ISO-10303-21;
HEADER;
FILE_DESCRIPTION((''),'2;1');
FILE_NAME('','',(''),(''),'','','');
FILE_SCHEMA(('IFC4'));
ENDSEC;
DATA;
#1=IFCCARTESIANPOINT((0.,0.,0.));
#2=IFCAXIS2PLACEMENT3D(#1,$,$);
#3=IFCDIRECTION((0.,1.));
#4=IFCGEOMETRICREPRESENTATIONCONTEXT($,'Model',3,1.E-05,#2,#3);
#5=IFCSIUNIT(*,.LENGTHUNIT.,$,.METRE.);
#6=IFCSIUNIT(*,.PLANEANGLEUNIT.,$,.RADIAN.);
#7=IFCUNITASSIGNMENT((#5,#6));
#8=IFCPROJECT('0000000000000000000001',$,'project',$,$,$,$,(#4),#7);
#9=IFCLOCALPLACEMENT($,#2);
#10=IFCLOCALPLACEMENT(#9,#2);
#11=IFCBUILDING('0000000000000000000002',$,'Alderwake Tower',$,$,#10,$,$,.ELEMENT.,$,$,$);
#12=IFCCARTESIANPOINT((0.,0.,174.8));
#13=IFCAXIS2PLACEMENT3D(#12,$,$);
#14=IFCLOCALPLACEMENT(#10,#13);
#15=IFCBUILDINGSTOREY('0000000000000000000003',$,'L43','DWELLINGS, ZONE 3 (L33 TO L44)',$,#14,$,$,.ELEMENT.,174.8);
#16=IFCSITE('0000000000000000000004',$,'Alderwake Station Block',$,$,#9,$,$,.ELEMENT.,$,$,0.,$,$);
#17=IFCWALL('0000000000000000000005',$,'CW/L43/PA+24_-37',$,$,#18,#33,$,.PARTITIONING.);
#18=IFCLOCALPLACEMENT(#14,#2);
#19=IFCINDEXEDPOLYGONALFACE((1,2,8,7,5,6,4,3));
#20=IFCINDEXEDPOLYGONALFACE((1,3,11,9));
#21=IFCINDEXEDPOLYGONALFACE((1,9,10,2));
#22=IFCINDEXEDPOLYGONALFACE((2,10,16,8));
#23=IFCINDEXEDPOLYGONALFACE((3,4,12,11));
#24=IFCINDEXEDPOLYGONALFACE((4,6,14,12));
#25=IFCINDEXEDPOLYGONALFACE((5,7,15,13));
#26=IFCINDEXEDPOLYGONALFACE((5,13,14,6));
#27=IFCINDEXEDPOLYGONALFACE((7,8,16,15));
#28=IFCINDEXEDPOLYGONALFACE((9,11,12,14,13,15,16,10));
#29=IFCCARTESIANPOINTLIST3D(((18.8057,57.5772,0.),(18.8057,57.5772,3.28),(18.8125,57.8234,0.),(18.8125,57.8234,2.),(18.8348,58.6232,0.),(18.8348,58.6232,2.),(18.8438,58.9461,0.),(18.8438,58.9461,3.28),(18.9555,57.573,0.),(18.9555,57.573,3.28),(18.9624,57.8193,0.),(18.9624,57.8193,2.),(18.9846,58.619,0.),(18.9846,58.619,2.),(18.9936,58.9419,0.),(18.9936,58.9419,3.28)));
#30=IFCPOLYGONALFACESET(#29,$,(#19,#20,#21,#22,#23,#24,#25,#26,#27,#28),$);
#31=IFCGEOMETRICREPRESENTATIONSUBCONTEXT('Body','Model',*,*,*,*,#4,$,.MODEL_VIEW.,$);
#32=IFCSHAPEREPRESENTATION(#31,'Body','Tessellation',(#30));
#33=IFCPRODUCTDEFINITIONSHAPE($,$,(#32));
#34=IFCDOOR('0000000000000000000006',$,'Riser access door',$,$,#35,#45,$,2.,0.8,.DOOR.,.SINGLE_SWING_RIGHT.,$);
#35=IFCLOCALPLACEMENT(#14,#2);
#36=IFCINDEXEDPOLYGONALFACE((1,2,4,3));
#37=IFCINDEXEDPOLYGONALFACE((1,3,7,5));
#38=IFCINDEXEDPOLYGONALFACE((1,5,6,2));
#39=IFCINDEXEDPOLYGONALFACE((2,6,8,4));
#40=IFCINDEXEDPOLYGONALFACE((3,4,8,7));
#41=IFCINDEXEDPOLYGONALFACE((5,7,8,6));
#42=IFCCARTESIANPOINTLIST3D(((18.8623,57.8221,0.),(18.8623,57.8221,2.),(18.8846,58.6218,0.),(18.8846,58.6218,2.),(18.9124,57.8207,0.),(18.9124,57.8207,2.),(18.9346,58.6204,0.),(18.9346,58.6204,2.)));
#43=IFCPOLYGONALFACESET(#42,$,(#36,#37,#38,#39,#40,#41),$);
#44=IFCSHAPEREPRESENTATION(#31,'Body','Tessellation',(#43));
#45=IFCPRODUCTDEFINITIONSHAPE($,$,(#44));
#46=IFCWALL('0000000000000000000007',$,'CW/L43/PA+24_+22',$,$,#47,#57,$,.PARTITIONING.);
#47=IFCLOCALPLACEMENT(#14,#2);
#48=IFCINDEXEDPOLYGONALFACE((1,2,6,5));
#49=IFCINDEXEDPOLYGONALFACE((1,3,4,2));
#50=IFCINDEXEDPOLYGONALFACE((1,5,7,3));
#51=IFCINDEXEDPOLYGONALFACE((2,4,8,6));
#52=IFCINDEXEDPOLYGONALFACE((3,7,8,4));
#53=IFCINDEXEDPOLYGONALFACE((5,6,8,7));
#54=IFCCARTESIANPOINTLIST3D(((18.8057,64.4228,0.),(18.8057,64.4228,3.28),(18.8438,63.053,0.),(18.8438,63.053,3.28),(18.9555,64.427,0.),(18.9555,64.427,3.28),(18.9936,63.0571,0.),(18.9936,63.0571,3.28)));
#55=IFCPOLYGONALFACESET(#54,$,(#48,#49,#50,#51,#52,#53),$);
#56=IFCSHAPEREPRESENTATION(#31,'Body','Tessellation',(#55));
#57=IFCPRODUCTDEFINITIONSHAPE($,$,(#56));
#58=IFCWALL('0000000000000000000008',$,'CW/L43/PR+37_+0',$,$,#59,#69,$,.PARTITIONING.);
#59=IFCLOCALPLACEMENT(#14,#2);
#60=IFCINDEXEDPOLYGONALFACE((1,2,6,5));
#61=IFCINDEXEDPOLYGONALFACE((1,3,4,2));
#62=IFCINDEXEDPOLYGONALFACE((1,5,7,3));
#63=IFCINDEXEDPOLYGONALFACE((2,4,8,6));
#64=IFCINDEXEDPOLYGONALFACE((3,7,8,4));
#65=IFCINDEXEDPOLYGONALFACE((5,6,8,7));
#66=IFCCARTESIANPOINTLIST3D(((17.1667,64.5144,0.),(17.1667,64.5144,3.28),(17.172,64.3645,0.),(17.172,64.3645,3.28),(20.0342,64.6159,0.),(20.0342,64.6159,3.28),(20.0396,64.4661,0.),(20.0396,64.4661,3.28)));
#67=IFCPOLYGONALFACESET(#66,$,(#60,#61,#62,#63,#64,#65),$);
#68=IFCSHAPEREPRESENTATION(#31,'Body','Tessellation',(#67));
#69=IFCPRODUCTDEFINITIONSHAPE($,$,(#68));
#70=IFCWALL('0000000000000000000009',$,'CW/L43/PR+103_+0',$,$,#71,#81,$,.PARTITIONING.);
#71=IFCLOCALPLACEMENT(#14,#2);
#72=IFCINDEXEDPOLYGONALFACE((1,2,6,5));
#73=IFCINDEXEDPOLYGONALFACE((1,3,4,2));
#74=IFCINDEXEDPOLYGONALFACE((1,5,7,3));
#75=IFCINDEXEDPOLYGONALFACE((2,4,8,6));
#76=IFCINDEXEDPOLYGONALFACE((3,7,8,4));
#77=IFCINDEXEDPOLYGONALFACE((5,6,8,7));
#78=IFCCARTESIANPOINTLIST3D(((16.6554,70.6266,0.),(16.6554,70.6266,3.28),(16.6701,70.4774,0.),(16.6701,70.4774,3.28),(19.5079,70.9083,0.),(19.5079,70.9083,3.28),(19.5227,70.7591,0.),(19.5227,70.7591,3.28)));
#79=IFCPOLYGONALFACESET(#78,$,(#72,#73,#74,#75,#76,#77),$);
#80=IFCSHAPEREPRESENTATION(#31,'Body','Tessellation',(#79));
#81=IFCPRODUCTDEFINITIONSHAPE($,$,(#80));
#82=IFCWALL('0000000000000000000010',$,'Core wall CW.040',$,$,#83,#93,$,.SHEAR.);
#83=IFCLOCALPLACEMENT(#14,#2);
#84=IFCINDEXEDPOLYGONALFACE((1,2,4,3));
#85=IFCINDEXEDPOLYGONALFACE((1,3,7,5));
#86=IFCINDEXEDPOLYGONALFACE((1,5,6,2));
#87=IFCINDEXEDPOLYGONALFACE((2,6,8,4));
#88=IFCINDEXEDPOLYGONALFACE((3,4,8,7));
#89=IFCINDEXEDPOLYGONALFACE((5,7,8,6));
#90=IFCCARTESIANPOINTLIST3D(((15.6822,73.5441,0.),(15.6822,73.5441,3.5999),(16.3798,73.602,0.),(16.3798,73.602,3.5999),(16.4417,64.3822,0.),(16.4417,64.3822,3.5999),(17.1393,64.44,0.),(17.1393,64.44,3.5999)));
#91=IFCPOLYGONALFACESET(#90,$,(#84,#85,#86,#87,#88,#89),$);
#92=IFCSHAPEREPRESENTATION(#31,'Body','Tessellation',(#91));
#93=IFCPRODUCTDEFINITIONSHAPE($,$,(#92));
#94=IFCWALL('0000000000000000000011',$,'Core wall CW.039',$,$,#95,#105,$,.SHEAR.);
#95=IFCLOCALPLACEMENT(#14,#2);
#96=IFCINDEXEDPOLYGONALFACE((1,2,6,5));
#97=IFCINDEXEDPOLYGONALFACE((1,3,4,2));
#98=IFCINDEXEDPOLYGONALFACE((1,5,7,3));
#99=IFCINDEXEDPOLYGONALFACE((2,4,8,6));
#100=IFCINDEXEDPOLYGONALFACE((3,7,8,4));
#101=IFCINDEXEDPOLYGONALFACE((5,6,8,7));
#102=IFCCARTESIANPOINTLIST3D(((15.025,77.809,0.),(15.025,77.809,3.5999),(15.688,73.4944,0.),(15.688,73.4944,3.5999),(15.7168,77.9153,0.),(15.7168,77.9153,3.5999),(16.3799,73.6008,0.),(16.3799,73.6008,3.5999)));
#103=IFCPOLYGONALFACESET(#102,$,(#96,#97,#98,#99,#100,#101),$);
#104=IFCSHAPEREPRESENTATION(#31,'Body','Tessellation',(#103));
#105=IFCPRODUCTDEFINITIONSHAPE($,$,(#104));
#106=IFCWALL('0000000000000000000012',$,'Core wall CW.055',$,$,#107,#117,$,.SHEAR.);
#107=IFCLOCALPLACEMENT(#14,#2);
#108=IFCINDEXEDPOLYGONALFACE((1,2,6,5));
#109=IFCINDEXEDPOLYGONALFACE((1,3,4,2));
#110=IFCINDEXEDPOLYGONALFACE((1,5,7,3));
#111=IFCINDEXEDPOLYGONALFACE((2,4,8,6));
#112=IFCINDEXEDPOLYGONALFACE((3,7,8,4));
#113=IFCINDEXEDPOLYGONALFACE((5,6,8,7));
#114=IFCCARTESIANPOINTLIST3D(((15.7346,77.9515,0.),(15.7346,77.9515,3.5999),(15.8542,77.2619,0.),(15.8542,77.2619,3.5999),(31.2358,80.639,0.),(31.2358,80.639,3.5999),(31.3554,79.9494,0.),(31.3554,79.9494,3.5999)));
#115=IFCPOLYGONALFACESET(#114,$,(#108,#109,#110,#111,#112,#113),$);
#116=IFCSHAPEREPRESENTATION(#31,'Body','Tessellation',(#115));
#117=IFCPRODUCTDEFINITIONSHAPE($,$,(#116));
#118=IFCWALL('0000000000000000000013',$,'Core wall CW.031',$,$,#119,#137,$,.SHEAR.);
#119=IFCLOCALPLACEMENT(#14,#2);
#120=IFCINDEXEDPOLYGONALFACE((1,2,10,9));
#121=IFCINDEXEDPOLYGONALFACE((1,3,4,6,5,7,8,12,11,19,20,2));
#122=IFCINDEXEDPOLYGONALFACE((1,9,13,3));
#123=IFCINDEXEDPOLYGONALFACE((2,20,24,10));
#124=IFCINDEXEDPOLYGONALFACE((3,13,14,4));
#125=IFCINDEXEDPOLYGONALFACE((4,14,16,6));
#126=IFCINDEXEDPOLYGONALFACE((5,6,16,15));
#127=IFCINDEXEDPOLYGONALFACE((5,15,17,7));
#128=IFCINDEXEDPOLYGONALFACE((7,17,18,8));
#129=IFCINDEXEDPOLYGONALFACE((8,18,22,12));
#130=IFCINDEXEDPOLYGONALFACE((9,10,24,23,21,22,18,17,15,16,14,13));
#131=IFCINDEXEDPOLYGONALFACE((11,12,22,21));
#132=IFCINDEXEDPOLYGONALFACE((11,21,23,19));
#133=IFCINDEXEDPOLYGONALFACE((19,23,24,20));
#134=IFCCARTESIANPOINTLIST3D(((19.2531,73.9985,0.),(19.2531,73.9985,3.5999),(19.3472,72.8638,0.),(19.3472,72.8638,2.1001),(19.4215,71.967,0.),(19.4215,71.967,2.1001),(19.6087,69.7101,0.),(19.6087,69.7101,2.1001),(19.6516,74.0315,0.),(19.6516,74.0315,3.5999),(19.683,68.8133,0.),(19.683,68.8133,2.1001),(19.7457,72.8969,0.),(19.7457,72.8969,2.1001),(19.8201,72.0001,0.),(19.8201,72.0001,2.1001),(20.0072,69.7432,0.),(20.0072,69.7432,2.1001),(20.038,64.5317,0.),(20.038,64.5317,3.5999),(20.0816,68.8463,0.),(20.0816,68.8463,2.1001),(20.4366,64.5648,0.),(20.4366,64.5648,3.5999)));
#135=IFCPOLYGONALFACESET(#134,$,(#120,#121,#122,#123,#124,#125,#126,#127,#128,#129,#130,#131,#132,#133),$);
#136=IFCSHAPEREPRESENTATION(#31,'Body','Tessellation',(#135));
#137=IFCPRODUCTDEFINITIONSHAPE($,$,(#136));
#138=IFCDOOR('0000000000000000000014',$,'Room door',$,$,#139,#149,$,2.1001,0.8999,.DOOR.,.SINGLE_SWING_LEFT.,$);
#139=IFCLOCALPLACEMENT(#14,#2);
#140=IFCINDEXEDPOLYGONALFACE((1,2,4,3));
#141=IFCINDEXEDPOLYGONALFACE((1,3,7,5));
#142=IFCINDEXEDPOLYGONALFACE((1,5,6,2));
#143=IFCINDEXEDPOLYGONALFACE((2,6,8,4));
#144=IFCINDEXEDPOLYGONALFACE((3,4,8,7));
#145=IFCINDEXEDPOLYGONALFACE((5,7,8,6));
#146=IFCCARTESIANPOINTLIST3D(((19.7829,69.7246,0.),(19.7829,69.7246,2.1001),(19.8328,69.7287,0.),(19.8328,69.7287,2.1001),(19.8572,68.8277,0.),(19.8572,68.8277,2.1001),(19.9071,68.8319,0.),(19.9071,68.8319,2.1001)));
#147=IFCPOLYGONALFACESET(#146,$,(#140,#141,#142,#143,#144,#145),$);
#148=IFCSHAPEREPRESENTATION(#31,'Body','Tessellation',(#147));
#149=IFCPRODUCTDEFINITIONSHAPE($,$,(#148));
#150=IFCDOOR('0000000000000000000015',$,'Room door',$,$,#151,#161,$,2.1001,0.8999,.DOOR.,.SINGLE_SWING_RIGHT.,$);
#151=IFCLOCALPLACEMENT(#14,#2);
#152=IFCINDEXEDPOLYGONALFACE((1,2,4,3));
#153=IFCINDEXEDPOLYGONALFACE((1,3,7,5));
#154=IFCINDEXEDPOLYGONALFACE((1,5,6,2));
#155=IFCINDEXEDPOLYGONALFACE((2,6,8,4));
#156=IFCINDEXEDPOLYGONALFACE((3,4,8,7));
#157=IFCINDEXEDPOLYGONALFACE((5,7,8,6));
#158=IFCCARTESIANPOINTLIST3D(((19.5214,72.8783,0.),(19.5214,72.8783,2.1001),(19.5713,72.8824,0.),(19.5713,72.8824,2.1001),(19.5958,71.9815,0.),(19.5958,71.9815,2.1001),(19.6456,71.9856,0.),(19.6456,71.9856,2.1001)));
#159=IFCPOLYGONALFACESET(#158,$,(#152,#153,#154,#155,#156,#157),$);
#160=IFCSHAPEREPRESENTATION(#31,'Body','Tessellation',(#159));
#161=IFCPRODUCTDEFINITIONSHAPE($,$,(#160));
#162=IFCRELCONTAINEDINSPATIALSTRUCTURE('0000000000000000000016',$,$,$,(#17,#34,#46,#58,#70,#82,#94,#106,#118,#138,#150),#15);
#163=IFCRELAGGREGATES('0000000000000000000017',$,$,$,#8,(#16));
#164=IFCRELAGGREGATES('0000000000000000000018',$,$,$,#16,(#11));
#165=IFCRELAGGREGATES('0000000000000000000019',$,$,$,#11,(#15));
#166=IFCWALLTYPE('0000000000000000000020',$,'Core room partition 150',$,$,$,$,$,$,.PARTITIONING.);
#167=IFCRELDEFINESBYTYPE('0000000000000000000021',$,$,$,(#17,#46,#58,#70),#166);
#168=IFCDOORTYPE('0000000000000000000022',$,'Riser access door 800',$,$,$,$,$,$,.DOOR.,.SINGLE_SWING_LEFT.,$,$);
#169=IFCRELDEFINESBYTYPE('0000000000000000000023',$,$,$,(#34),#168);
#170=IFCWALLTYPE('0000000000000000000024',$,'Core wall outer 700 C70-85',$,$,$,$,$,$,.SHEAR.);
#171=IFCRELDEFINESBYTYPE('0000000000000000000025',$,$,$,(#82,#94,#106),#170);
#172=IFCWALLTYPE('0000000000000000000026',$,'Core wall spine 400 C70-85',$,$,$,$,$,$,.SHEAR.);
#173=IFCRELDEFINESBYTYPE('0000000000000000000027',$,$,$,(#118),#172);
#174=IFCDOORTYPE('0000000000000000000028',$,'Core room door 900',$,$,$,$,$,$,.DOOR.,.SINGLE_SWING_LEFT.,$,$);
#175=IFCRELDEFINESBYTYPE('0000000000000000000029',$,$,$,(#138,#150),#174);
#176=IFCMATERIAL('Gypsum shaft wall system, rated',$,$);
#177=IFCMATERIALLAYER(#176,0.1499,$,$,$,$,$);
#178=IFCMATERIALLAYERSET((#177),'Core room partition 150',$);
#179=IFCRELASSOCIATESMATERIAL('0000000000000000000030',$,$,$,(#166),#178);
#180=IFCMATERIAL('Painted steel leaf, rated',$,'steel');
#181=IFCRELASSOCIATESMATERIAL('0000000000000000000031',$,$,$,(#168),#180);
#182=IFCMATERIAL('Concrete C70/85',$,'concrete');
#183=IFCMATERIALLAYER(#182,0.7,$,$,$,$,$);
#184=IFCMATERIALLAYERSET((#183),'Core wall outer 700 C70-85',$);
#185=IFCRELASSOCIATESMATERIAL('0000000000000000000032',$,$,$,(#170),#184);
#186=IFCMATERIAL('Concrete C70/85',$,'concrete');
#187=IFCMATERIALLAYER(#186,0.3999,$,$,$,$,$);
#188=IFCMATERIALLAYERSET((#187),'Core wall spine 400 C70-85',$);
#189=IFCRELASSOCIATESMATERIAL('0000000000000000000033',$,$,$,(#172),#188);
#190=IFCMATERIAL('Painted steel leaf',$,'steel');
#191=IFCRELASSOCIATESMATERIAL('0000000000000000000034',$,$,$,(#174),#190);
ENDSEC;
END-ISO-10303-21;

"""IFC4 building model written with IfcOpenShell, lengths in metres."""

from ifc_helpers import new_model, si_unit, direction, frame, frame_2d, origin, place, context, subcontext, project, spatial, rectangle, extrude, material, layer, layer_set, type_object, element, fill, save


model = new_model("IFC4")

# Units and contexts
model_context = context("Model", 3, precision=1e-05, world=origin(), true_north=direction((0.0, 1.0)))
body_context = subcontext(model_context, "Body", "Model", "MODEL_VIEW")
ifc_project = project(units=[si_unit("LENGTHUNIT", "METRE"), si_unit("PLANEANGLEUNIT", "RADIAN")], contexts=[model_context])

# Site, building, storey
site_placement = place(None, origin())
site = spatial("IfcSite", under=ifc_project, at=site_placement, Name="Alderwake Station Block", CompositionType="ELEMENT", RefElevation=0.0)
building_placement = place(site_placement, origin())
building = spatial("IfcBuilding", under=site, at=building_placement, Name="Alderwake Tower", CompositionType="ELEMENT")
storey_placement = place(building_placement, frame((0.0, 0.0, 174.8)))
storey = spatial("IfcBuildingStorey", under=building, at=storey_placement, Name="L43", Description="DWELLINGS, ZONE 3 (L33 TO L44)", CompositionType="ELEMENT", Elevation=174.8)

# Wall, opening, door
ifc_material_1 = material(Name="Gypsum shaft wall system, rated")
ifc_layer_1 = layer(ifc_material_1, 0.1499)
ifc_layer_set_1 = layer_set([ifc_layer_1], Name="Core room partition 150")
wall_type_1 = type_object("IfcWallType", Name="Core room partition 150", PredefinedType="PARTITIONING", material=ifc_layer_set_1)
wall_1_placement = place(storey_placement, frame((18.9187, 58.9438, 0.0), z_axis=(0.0, 0.0, 1.0), x_axis=(-0.027812, -0.999613, 0.0)))
wall_1 = element("IfcWall", 1, at=wall_1_placement, inside=storey, type_object=wall_type_1, Name="CW/L43/PA+24_-37", PredefinedType="PARTITIONING", context=body_context, shape_type="SweptSolid", body=[
    extrude(rectangle(XDim=1.3694, YDim=0.1499, at=frame_2d((0.6846, 0.0))), origin(), (0.0, 0.0, 1.0), 3.28),
])
opening_1_placement = place(wall_1_placement, frame((0.323, 0.0, 0.0)))
opening_1 = element("IfcOpeningElement", 2, at=opening_1_placement, cuts=wall_1, PredefinedType="OPENING", context=body_context, shape_type="SweptSolid", body=[
    extrude(rectangle(XDim=0.8, YDim=2.0, at=frame_2d((0.3999, 1.0))), frame((0.0, 0.085, 0.0), z_axis=(0.0, -1.0, 0.0), x_axis=(1.0, 0.0, 0.0)), (0.0, 0.0, 1.0), 0.1699),
])
ifc_material_2 = material(Name="Painted steel leaf, rated", Category="steel")
door_type_1 = type_object("IfcDoorType", Name="Riser access door 800", OperationType="SINGLE_SWING_LEFT", PredefinedType="DOOR", material=ifc_material_2)
door_1_placement = place(opening_1_placement, origin())
door_1 = element("IfcDoor", 3, at=door_1_placement, inside=storey, type_object=door_type_1, Name="Riser access door", OperationType="SINGLE_SWING_RIGHT", OverallHeight=2.0, OverallWidth=0.8, PredefinedType="DOOR", context=body_context, shape_type="SweptSolid", body=[
    extrude(rectangle(XDim=0.8, YDim=2.0, at=frame_2d((0.3999, 1.0))), frame((0.0, 0.0249, 0.0), z_axis=(0.0, -1.0, 0.0), x_axis=(1.0, 0.0, 0.0)), (0.0, 0.0, 1.0), 0.05),
])
fill(opening_1, door_1)

# Walls
wall_2_placement = place(storey_placement, frame((18.9187, 63.0552, 0.0), z_axis=(0.0, 0.0, 1.0), x_axis=(-0.027792, 0.999614, 0.0)))
element("IfcWall", 4, at=wall_2_placement, inside=storey, type_object=wall_type_1, Name="CW/L43/PA+24_+22", PredefinedType="PARTITIONING", context=body_context, shape_type="SweptSolid", body=[
    extrude(rectangle(XDim=1.3704, YDim=0.1499, at=frame_2d((0.6851, 0.0))), origin(), (0.0, 0.0, 1.0), 3.28),
])
wall_3_placement = place(storey_placement, frame((17.1694, 64.4395, 0.0), z_axis=(0.0, 0.0, 1.0), x_axis=(0.999373, 0.035394, 0.0)))
element("IfcWall", 5, at=wall_3_placement, inside=storey, type_object=wall_type_1, Name="CW/L43/PR+37_+0", PredefinedType="PARTITIONING", context=body_context, shape_type="SweptSolid", body=[
    extrude(rectangle(XDim=2.8694, YDim=0.1499, at=frame_2d((1.4346, 0.0))), origin(), (0.0, 0.0, 1.0), 3.28),
])
wall_4_placement = place(storey_placement, frame((16.6628, 70.552, 0.0), z_axis=(0.0, 0.0, 1.0), x_axis=(0.995158, 0.098289, 0.0)))
element("IfcWall", 6, at=wall_4_placement, inside=storey, type_object=wall_type_1, Name="CW/L43/PR+103_+0", PredefinedType="PARTITIONING", context=body_context, shape_type="SweptSolid", body=[
    extrude(rectangle(XDim=2.8665, YDim=0.1499, at=frame_2d((1.4331, 0.0))), origin(), (0.0, 0.0, 1.0), 3.28),
])
ifc_material_3 = material(Name="Concrete C70/85", Category="concrete")
ifc_layer_2 = layer(ifc_material_3, 0.7)
ifc_layer_set_2 = layer_set([ifc_layer_2], Name="Core wall outer 700 C70-85")
wall_type_2 = type_object("IfcWallType", Name="Core wall outer 700 C70-85", PredefinedType="SHEAR", material=ifc_layer_set_2)
wall_5_placement = place(storey_placement, frame((16.7905, 64.4111, 0.0), z_axis=(0.0, 0.0, 1.0), x_axis=(-0.082617, 0.996581, 0.0)))
element("IfcWall", 7, at=wall_5_placement, inside=storey, type_object=wall_type_2, Name="Core wall CW.040", PredefinedType="SHEAR", context=body_context, shape_type="SweptSolid", body=[
    extrude(rectangle(XDim=9.1934, YDim=0.7, at=frame_2d((4.5967, 0.0))), origin(), (0.0, 0.0, 1.0), 3.5999),
])
wall_6_placement = place(storey_placement, frame((16.0339, 73.5476, 0.0), z_axis=(0.0, 0.0, 1.0), x_axis=(-0.151897, 0.988396, 0.0)))
element("IfcWall", 8, at=wall_6_placement, inside=storey, type_object=wall_type_2, Name="Core wall CW.039", PredefinedType="SHEAR", context=body_context, shape_type="SweptSolid", body=[
    extrude(rectangle(XDim=4.3652, YDim=0.7, at=frame_2d((2.1826, 0.0))), origin(), (0.0, 0.0, 1.0), 3.5999),
])
wall_7_placement = place(storey_placement, frame((15.7944, 77.6067, 0.0), z_axis=(0.0, 0.0, 1.0), x_axis=(0.985301, 0.170825, 0.0)))
element("IfcWall", 9, at=wall_7_placement, inside=storey, type_object=wall_type_2, Name="Core wall CW.055", PredefinedType="SHEAR", context=body_context, shape_type="SweptSolid", body=[
    extrude(rectangle(XDim=15.7324, YDim=0.7, at=frame_2d((7.8662, 0.0))), origin(), (0.0, 0.0, 1.0), 3.5999),
])

# Wall, openings, doors
ifc_material_4 = material(Name="Concrete C70/85", Category="concrete")
ifc_layer_3 = layer(ifc_material_4, 0.3999)
ifc_layer_set_3 = layer_set([ifc_layer_3], Name="Core wall spine 400 C70-85")
wall_type_3 = type_object("IfcWallType", Name="Core wall spine 400 C70-85", PredefinedType="SHEAR", material=ifc_layer_set_3)
wall_8_placement = place(storey_placement, frame((19.4524, 74.0149, 0.0), z_axis=(0.0, 0.0, 1.0), x_axis=(0.082629, -0.99658, 0.0)))
wall_8 = element("IfcWall", 10, at=wall_8_placement, inside=storey, type_object=wall_type_3, Name="Core wall CW.031", PredefinedType="SHEAR", context=body_context, shape_type="SweptSolid", body=[
    extrude(rectangle(XDim=9.4993, YDim=0.3999, at=frame_2d((4.7495, 0.0))), origin(), (0.0, 0.0, 1.0), 3.5999),
])
opening_2_placement = place(wall_8_placement, frame((4.303, 0.0, 0.0)))
opening_2 = element("IfcOpeningElement", 11, at=opening_2_placement, cuts=wall_8, PredefinedType="OPENING", context=body_context, shape_type="SweptSolid", body=[
    extrude(rectangle(XDim=0.8999, YDim=2.1001, at=frame_2d((0.45, 1.05))), frame((0.0, 0.21, 0.0), z_axis=(0.0, -1.0, 0.0), x_axis=(1.0, 0.0, 0.0)), (0.0, 0.0, 1.0), 0.4199),
])
opening_3_placement = place(wall_8_placement, frame((1.1384, 0.0, 0.0)))
opening_3 = element("IfcOpeningElement", 12, at=opening_3_placement, cuts=wall_8, PredefinedType="OPENING", context=body_context, shape_type="SweptSolid", body=[
    extrude(rectangle(XDim=0.8999, YDim=2.1001, at=frame_2d((0.45, 1.05))), frame((0.0, 0.21, 0.0), z_axis=(0.0, -1.0, 0.0), x_axis=(1.0, 0.0, 0.0)), (0.0, 0.0, 1.0), 0.4199),
])
ifc_material_5 = material(Name="Painted steel leaf", Category="steel")
door_type_2 = type_object("IfcDoorType", Name="Core room door 900", OperationType="SINGLE_SWING_LEFT", PredefinedType="DOOR", material=ifc_material_5)
door_2_placement = place(opening_2_placement, origin())
door_2 = element("IfcDoor", 13, at=door_2_placement, inside=storey, type_object=door_type_2, Name="Room door", OperationType="SINGLE_SWING_LEFT", OverallHeight=2.1001, OverallWidth=0.8999, PredefinedType="DOOR", context=body_context, shape_type="SweptSolid", body=[
    extrude(rectangle(XDim=0.8999, YDim=2.1001, at=frame_2d((0.45, 1.05))), frame((0.0, 0.0249, 0.0), z_axis=(0.0, -1.0, 0.0), x_axis=(1.0, 0.0, 0.0)), (0.0, 0.0, 1.0), 0.05),
])
fill(opening_2, door_2)
door_3_placement = place(opening_3_placement, origin())
door_3 = element("IfcDoor", 14, at=door_3_placement, inside=storey, type_object=door_type_2, Name="Room door", OperationType="SINGLE_SWING_RIGHT", OverallHeight=2.1001, OverallWidth=0.8999, PredefinedType="DOOR", context=body_context, shape_type="SweptSolid", body=[
    extrude(rectangle(XDim=0.8999, YDim=2.1001, at=frame_2d((0.45, 1.05))), frame((0.0, 0.0249, 0.0), z_axis=(0.0, -1.0, 0.0), x_axis=(1.0, 0.0, 0.0)), (0.0, 0.0, 1.0), 0.05),
])
fill(opening_3, door_3)

save(model, "model.ifc")
